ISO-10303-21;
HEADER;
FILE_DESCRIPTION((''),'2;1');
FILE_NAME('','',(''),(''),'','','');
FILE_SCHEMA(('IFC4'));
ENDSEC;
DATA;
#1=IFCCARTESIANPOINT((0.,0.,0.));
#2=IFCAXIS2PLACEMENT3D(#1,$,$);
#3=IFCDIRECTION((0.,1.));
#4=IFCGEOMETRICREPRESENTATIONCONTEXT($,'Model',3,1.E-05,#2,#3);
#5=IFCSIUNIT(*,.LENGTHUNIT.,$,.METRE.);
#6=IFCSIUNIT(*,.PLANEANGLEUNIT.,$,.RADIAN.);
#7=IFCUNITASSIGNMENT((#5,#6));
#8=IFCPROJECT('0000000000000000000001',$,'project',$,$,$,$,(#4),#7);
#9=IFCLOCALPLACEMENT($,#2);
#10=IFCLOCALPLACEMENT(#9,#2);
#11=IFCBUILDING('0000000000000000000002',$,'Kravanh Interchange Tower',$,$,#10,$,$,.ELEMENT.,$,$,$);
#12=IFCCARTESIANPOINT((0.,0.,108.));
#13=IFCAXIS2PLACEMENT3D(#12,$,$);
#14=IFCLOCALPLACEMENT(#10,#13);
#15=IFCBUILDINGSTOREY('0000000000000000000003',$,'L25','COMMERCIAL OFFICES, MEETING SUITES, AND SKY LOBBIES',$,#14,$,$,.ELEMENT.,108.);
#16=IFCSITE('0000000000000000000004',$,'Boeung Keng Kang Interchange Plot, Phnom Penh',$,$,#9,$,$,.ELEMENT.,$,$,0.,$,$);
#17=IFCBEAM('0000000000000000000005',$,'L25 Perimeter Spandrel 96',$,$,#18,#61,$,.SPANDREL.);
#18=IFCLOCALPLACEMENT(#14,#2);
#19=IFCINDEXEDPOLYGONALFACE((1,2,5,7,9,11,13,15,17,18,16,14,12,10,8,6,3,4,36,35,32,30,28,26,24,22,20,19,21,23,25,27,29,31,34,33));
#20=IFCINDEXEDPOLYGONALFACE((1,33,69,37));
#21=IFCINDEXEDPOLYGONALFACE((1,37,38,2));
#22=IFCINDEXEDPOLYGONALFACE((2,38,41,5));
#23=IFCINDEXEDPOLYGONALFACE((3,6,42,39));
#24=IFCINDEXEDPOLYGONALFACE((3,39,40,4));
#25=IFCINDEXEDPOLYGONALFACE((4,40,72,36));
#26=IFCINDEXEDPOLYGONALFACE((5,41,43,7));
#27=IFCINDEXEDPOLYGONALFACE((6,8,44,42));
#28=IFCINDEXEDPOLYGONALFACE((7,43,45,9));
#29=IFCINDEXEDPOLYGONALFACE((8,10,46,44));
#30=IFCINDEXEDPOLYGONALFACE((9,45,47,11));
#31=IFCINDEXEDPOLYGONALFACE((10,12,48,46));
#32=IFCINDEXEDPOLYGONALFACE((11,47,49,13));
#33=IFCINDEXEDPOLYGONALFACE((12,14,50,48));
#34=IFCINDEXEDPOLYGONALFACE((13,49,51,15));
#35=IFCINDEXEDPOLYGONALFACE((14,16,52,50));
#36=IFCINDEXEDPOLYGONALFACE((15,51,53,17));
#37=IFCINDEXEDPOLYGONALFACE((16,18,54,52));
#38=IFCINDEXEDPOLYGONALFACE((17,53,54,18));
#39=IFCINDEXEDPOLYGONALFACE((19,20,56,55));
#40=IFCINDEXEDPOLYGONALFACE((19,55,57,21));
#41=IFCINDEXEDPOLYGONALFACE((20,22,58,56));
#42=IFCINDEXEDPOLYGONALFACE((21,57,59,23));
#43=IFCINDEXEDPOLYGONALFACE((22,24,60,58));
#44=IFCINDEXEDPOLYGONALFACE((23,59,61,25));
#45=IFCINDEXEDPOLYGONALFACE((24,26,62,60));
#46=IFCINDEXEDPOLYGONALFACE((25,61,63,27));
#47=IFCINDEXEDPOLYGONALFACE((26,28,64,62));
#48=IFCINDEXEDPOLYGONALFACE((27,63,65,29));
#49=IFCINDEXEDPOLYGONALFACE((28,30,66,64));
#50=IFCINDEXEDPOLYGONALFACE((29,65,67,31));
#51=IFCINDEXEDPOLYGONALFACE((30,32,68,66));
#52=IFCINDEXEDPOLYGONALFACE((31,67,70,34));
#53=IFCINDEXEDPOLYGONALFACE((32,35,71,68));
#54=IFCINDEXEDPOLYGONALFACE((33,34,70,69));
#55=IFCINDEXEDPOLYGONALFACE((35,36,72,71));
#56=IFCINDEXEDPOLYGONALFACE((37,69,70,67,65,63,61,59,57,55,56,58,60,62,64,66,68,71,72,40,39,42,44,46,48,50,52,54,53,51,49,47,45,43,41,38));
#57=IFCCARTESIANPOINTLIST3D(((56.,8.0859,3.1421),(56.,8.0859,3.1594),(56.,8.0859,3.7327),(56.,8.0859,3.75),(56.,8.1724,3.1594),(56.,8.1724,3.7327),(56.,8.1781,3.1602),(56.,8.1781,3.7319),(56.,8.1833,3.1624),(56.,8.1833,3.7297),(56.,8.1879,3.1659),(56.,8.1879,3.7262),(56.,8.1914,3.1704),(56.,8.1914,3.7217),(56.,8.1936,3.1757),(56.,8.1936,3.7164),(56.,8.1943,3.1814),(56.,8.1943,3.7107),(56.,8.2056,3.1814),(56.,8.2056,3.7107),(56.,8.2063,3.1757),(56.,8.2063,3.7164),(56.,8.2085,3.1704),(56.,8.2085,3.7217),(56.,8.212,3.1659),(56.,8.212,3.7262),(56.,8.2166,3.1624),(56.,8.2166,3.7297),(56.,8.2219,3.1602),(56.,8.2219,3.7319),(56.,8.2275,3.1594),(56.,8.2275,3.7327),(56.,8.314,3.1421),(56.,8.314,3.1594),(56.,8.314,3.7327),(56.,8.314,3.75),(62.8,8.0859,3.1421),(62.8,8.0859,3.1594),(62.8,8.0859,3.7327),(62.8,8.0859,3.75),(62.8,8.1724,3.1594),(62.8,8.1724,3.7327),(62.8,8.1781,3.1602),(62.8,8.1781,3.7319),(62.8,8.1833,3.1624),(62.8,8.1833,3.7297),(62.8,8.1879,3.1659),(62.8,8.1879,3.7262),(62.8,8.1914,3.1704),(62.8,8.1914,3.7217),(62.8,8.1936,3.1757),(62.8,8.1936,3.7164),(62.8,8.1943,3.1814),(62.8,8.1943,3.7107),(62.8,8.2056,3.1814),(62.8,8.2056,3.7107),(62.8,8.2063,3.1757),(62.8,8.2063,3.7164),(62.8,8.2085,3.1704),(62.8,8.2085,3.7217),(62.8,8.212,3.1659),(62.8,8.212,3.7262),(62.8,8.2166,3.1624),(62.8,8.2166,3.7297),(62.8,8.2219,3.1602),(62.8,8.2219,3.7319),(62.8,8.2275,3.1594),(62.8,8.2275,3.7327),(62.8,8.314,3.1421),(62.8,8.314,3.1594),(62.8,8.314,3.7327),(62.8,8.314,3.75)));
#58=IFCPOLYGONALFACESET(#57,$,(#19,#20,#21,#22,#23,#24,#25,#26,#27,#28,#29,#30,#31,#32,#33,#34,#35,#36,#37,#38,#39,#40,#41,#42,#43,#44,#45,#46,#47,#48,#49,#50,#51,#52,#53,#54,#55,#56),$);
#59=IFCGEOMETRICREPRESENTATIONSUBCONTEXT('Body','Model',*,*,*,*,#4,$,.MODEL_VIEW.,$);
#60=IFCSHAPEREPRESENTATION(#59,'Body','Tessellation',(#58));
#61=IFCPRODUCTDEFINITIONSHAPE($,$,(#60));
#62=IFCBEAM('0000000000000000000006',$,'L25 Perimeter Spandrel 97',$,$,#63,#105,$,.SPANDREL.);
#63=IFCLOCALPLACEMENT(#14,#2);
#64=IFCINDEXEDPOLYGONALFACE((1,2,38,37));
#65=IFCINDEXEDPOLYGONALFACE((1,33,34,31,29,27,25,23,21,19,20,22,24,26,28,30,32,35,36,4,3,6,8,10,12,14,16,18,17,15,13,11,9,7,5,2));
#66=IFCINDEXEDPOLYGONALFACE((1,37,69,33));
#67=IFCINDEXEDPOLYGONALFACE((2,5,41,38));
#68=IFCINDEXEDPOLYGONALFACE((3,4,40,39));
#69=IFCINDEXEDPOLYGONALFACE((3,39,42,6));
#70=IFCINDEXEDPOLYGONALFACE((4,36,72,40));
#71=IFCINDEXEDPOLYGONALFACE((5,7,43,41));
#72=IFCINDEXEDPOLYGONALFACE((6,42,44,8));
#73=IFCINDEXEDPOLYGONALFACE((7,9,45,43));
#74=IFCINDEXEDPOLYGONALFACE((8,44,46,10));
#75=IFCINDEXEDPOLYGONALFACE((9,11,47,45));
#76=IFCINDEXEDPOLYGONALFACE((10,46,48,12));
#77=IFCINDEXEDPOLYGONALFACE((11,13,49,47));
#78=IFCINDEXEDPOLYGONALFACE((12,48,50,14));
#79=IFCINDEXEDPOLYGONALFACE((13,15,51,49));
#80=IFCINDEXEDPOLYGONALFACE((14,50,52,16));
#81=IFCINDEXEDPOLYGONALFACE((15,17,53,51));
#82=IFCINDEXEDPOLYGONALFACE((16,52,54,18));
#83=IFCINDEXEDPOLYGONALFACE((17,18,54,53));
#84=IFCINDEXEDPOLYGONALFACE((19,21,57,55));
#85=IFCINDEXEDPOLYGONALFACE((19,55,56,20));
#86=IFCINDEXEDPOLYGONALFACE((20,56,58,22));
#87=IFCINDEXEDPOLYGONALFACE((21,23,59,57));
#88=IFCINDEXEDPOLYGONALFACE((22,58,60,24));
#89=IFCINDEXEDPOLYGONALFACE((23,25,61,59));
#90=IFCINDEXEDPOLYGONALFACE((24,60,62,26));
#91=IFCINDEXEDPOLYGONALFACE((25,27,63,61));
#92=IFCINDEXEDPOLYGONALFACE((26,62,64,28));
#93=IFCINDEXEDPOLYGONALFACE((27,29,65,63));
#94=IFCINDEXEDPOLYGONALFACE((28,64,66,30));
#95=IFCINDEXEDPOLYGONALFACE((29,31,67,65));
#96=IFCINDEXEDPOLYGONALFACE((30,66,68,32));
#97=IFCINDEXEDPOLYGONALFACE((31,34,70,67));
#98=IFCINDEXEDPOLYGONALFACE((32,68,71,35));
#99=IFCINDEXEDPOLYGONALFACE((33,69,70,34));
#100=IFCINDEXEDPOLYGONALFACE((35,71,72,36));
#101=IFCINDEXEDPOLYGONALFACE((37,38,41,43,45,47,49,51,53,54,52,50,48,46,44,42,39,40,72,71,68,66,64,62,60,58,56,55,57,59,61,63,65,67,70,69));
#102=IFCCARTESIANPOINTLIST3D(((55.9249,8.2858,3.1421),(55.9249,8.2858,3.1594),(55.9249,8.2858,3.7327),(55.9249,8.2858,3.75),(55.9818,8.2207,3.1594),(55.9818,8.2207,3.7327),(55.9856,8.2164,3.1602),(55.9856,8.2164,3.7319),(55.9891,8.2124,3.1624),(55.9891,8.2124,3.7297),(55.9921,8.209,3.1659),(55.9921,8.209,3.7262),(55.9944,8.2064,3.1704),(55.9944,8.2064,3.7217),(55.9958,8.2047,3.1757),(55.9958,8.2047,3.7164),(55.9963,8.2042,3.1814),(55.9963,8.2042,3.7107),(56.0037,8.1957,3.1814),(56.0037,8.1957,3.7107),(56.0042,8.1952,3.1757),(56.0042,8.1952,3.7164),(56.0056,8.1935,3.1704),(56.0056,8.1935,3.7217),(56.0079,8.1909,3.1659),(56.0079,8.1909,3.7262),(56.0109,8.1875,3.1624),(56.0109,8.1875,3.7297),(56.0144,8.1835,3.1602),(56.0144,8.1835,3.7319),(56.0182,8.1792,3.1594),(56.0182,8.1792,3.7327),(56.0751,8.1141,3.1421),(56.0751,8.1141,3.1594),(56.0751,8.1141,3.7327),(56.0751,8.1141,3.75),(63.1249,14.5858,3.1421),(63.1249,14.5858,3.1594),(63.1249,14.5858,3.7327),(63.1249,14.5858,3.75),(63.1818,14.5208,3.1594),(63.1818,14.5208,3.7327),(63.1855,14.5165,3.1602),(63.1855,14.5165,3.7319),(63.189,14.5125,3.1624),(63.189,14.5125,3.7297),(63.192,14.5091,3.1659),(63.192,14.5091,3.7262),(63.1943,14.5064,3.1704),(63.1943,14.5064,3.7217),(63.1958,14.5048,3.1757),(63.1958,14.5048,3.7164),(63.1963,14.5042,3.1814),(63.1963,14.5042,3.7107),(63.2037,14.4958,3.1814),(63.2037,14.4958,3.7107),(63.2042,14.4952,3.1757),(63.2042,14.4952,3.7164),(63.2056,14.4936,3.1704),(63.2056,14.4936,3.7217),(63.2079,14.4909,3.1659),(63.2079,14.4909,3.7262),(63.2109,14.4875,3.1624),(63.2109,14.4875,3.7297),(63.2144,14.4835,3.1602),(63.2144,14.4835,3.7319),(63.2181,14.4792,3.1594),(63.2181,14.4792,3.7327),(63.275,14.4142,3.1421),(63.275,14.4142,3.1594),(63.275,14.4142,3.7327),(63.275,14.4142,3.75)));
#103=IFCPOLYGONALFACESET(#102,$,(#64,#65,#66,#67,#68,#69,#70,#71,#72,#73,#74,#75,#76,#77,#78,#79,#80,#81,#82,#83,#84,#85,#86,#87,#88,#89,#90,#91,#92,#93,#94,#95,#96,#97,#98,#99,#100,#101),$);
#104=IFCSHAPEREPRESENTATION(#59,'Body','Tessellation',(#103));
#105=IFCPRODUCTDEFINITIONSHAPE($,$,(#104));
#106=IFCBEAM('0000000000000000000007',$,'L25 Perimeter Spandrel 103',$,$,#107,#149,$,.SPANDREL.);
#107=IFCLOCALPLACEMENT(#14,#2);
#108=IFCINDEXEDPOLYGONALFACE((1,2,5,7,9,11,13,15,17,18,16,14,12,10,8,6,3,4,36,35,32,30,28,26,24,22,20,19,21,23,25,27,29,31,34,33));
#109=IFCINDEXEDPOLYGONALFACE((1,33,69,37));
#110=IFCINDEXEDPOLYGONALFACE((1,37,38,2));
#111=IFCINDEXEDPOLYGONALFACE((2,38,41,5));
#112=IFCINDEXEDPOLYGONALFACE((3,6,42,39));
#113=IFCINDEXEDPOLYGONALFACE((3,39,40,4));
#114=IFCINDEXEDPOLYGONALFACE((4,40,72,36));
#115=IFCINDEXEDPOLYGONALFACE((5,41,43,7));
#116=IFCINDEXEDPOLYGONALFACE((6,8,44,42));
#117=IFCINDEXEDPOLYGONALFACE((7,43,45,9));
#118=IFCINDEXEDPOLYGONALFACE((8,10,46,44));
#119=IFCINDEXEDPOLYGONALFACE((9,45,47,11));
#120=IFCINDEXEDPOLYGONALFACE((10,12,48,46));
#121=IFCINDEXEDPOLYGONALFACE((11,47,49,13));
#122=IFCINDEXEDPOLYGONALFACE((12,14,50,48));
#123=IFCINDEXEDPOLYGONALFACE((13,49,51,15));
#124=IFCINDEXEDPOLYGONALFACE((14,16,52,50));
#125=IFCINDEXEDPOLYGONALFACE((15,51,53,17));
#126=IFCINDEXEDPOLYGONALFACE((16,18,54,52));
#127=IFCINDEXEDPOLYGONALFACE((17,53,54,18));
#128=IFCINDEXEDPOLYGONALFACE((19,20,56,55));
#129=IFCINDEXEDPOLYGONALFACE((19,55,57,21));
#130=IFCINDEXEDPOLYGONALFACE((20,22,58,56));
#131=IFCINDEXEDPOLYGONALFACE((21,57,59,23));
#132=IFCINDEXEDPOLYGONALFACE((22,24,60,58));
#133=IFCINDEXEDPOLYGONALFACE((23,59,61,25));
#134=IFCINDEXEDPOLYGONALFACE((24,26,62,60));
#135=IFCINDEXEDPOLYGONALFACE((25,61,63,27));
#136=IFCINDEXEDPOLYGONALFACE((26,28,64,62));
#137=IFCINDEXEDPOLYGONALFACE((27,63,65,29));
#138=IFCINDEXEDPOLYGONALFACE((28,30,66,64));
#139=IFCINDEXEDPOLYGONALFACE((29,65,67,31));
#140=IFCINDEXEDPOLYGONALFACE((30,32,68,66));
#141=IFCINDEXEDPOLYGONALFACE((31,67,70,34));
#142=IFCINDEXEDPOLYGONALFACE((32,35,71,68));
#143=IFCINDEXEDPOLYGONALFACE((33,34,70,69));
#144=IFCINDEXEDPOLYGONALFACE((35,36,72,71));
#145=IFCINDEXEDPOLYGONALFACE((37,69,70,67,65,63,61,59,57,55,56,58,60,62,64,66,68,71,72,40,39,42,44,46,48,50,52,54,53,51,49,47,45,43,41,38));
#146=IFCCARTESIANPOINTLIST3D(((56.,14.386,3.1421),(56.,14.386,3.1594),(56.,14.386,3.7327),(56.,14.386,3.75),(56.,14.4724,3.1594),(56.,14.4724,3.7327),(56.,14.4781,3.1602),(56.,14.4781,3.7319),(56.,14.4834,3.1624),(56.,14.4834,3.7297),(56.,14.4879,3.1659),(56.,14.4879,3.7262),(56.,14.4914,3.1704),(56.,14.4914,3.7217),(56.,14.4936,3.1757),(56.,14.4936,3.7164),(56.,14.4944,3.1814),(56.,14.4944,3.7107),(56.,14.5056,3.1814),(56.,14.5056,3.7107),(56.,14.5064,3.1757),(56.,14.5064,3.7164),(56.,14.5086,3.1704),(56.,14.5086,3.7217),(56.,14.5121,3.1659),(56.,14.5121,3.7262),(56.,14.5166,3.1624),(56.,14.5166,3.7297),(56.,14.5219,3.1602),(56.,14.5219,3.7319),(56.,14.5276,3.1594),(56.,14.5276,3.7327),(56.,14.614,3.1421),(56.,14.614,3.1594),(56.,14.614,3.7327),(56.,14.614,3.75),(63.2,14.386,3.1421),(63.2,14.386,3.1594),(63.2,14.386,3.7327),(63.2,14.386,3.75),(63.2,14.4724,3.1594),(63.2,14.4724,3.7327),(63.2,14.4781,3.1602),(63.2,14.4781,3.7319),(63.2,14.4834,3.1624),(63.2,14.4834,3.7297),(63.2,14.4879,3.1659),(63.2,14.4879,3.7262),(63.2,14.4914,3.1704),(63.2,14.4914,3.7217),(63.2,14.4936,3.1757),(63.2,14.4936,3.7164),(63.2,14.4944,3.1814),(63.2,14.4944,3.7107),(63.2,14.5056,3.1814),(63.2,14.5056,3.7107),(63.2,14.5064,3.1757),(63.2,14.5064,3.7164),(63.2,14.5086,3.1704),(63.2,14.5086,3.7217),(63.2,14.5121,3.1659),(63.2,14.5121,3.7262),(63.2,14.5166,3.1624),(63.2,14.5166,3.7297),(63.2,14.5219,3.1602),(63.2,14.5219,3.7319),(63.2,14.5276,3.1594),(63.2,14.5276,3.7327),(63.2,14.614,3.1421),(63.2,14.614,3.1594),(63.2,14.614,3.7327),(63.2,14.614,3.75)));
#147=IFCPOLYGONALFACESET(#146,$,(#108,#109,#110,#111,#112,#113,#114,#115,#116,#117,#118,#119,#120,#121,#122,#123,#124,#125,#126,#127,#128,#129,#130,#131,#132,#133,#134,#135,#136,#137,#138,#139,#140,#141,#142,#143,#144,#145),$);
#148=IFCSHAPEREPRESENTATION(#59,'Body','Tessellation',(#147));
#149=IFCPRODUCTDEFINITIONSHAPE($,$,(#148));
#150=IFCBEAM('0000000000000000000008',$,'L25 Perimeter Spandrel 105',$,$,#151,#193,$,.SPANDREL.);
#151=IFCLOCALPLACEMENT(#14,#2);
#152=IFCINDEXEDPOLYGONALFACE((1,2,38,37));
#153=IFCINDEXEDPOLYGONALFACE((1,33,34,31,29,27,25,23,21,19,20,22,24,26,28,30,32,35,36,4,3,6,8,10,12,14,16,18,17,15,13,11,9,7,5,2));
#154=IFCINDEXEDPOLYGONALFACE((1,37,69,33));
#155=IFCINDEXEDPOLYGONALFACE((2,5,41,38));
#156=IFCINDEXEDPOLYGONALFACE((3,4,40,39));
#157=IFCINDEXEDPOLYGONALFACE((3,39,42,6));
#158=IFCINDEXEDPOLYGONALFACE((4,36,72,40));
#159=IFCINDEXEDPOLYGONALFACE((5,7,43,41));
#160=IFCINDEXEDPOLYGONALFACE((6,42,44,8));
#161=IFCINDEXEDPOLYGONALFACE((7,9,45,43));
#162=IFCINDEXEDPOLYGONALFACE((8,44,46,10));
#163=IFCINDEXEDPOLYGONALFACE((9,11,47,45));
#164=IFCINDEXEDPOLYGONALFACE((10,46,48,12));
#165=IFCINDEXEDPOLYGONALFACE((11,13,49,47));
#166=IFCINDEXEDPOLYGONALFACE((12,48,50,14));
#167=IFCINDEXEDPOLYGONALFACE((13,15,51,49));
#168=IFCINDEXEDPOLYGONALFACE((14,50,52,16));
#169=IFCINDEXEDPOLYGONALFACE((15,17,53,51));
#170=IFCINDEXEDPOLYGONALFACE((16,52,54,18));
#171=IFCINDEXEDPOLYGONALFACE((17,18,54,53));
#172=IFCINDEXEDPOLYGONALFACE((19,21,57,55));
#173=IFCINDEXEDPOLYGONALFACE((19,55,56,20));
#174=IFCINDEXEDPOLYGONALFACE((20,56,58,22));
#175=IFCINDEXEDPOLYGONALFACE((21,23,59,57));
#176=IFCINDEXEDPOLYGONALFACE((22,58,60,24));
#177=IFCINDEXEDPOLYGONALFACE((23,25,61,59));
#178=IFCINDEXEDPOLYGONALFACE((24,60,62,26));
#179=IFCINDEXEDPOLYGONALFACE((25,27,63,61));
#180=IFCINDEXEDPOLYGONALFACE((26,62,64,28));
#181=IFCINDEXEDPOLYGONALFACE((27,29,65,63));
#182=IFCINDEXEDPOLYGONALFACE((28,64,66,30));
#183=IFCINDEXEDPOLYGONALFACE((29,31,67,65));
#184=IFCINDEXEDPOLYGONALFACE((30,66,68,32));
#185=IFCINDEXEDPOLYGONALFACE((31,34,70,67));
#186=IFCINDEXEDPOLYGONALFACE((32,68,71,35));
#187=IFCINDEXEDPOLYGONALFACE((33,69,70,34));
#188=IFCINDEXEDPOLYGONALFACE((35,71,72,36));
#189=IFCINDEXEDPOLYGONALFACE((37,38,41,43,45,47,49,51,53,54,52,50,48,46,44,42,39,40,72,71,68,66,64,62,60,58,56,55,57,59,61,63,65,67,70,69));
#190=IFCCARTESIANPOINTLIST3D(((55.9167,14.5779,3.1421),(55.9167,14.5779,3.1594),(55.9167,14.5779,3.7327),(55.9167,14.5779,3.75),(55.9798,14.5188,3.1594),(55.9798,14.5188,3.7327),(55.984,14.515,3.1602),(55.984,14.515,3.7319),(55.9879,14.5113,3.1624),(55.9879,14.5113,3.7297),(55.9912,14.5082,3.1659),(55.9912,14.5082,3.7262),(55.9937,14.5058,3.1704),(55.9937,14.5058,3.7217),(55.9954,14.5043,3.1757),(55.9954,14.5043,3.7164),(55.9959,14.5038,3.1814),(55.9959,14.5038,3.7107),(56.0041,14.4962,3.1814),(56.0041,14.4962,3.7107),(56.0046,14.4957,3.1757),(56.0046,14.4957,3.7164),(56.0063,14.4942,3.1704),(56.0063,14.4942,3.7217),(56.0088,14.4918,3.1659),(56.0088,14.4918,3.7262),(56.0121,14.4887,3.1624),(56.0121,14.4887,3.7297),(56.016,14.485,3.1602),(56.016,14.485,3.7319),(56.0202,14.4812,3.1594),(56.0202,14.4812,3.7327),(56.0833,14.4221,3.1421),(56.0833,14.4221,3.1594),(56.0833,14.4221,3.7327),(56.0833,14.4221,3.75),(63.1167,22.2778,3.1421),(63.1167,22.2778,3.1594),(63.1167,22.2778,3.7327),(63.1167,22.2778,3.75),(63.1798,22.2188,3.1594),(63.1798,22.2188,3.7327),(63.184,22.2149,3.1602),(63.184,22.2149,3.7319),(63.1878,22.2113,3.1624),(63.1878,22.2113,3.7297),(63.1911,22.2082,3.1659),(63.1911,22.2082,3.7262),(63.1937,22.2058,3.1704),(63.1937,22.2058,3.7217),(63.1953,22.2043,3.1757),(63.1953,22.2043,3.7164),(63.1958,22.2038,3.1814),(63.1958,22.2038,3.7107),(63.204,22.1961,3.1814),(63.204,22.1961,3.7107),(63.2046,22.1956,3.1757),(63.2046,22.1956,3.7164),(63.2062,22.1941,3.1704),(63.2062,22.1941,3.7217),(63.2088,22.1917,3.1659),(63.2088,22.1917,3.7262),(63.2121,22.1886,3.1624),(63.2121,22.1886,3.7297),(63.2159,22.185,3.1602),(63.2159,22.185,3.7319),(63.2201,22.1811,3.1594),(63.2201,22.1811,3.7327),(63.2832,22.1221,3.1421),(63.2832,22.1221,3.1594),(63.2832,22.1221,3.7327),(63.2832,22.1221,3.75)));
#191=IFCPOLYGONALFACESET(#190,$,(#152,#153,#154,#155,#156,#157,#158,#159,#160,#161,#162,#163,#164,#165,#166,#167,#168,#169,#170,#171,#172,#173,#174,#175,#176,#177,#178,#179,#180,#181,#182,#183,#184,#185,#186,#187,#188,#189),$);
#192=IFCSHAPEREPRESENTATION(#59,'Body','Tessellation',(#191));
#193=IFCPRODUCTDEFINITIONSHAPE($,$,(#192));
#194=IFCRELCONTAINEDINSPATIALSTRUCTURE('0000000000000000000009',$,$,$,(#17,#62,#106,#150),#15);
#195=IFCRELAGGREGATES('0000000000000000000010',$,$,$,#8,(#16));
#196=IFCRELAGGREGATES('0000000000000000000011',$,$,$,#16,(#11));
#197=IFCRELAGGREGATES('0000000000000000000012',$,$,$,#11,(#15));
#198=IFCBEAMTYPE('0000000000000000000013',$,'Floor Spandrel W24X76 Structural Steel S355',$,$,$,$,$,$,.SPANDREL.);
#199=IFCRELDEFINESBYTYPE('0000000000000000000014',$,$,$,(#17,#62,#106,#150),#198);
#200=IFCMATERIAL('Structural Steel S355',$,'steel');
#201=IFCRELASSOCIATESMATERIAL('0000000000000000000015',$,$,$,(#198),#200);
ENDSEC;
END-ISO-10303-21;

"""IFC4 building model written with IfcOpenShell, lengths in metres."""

from ifc_helpers import new_model, si_unit, direction, frame, origin, origin_2d, place, context, subcontext, project, spatial, i_section, extrude, material, material_profile, profile_set, type_object, element, save


model = new_model("IFC4")

# Units and contexts
model_context = context("Model", 3, precision=1e-05, world=origin(), true_north=direction((0.0, 1.0)))
body_context = subcontext(model_context, "Body", "Model", "MODEL_VIEW")
ifc_project = project(units=[si_unit("LENGTHUNIT", "METRE"), si_unit("PLANEANGLEUNIT", "RADIAN")], contexts=[model_context])

# Site, building, storey
site_placement = place(None, origin())
site = spatial("IfcSite", under=ifc_project, at=site_placement, Name="Boeung Keng Kang Interchange Plot, Phnom Penh", CompositionType="ELEMENT", RefElevation=0.0)
building_placement = place(site_placement, origin())
building = spatial("IfcBuilding", under=site, at=building_placement, Name="Kravanh Interchange Tower", CompositionType="ELEMENT")
storey_placement = place(building_placement, frame((0.0, 0.0, 108.0)))
storey = spatial("IfcBuildingStorey", under=building, at=storey_placement, Name="L25", Description="COMMERCIAL OFFICES, MEETING SUITES, AND SKY LOBBIES", CompositionType="ELEMENT", Elevation=108.0)

# Beams
ifc_material_1 = material(Name="Structural Steel S355", Category="steel")
ifc_material_profile_1 = material_profile(ifc_material_1, i_section(OverallWidth=0.228, OverallDepth=0.6079, WebThickness=0.0112, FlangeThickness=0.0173, FilletRadius=0.022, at=origin_2d()), Name="W24X76")
ifc_profile_set_1 = profile_set([ifc_material_profile_1], Name="Structural Steel S355")
beam_type_1 = type_object("IfcBeamType", Name="Floor Spandrel W24X76 Structural Steel S355", PredefinedType="SPANDREL", material=ifc_profile_set_1)
beam_1_placement = place(storey_placement, frame((56.0, 8.2, 3.446), z_axis=(1.0, 0.0, 0.0), x_axis=(0.0, 1.0, 0.0)))
element("IfcBeam", 1, at=beam_1_placement, inside=storey, type_object=beam_type_1, Name="L25 Perimeter Spandrel 96", PredefinedType="SPANDREL", context=body_context, shape_type="SweptSolid", body=[
    extrude(i_section(OverallWidth=0.228, OverallDepth=0.6079, WebThickness=0.0112, FlangeThickness=0.0173, FilletRadius=0.022, at=origin_2d()), origin(), (0.0, 0.0, 1.0), 6.8),
])
beam_2_placement = place(storey_placement, frame((56.0, 8.2, 3.446), z_axis=(0.752572, 0.65851, 0.0), x_axis=(-0.65851, 0.752572, 0.0)))
element("IfcBeam", 2, at=beam_2_placement, inside=storey, type_object=beam_type_1, Name="L25 Perimeter Spandrel 97", PredefinedType="SPANDREL", context=body_context, shape_type="SweptSolid", body=[
    extrude(i_section(OverallWidth=0.228, OverallDepth=0.6079, WebThickness=0.0112, FlangeThickness=0.0173, FilletRadius=0.022, at=origin_2d()), origin(), (0.0, 0.0, 1.0), 9.5671),
])
beam_3_placement = place(storey_placement, frame((56.0, 14.5, 3.446), z_axis=(1.0, 0.0, 0.0), x_axis=(0.0, 1.0, 0.0)))
element("IfcBeam", 3, at=beam_3_placement, inside=storey, type_object=beam_type_1, Name="L25 Perimeter Spandrel 103", PredefinedType="SPANDREL", context=body_context, shape_type="SweptSolid", body=[
    extrude(i_section(OverallWidth=0.228, OverallDepth=0.6079, WebThickness=0.0112, FlangeThickness=0.0173, FilletRadius=0.022, at=origin_2d()), origin(), (0.0, 0.0, 1.0), 7.2),
])
beam_4_placement = place(storey_placement, frame((56.0, 14.5, 3.446), z_axis=(0.682994, 0.730424, 0.0), x_axis=(-0.730424, 0.682994, 0.0)))
element("IfcBeam", 4, at=beam_4_placement, inside=storey, type_object=beam_type_1, Name="L25 Perimeter Spandrel 105", PredefinedType="SPANDREL", context=body_context, shape_type="SweptSolid", body=[
    extrude(i_section(OverallWidth=0.228, OverallDepth=0.6079, WebThickness=0.0112, FlangeThickness=0.0173, FilletRadius=0.022, at=origin_2d()), origin(), (0.0, 0.0, 1.0), 10.5417),
])

save(model, "model.ifc")
